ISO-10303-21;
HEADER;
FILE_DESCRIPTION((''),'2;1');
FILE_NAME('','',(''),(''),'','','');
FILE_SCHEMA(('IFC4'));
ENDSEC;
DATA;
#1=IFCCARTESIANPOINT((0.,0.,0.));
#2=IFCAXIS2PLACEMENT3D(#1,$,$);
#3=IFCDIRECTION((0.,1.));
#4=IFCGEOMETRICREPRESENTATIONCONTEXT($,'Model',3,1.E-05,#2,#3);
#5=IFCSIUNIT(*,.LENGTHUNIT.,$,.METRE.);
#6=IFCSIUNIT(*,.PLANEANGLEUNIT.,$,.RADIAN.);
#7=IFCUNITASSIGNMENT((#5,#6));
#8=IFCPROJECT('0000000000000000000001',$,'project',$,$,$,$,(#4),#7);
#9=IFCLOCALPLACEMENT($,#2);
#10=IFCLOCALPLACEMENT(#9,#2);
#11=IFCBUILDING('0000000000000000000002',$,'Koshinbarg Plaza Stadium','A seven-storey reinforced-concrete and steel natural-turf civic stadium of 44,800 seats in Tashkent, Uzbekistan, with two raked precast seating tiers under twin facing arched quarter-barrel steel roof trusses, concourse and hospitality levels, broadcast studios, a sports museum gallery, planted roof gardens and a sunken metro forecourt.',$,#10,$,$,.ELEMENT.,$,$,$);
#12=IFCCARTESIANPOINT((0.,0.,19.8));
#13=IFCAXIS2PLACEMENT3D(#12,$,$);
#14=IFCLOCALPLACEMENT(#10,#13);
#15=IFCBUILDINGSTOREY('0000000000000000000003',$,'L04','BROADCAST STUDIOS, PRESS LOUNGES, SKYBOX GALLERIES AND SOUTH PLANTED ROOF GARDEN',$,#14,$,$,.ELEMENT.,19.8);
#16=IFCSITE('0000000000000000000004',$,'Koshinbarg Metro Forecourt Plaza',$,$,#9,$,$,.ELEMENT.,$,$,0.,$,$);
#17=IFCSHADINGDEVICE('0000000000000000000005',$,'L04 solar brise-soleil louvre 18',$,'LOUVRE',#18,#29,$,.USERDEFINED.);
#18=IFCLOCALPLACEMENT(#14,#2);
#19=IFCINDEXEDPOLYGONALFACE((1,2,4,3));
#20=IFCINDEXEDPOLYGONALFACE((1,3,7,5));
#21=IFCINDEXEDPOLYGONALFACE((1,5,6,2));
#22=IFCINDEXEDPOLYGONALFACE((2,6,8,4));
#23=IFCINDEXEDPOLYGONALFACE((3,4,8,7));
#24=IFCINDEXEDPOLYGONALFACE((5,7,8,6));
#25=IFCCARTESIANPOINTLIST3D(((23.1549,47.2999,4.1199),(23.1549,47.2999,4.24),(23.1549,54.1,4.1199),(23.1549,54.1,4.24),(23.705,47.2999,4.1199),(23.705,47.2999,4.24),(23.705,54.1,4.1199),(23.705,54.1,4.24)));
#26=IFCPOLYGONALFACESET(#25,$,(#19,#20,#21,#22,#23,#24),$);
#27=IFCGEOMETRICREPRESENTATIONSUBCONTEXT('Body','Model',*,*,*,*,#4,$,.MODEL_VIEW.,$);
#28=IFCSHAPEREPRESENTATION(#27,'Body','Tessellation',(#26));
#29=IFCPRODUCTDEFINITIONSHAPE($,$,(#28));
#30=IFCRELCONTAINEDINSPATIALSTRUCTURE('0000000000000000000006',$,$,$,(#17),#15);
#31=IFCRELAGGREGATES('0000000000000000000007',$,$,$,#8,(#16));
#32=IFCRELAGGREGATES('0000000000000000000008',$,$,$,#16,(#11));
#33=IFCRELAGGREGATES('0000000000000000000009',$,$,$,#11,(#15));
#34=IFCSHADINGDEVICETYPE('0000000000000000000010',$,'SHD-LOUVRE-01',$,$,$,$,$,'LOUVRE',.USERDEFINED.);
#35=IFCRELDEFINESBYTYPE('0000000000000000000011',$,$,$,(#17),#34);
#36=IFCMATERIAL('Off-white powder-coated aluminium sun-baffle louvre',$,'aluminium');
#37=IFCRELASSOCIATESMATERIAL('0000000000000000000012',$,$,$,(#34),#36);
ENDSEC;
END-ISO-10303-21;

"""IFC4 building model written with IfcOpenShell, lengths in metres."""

from ifc_helpers import new_model, si_unit, direction, frame, origin, origin_2d, place, context, subcontext, project, spatial, rectangle, extrude, material, type_object, element, save


model = new_model("IFC4")

# Units and contexts
model_context = context("Model", 3, precision=1e-05, world=origin(), true_north=direction((0.0, 1.0)))
body_context = subcontext(model_context, "Body", "Model", "MODEL_VIEW")
ifc_project = project(units=[si_unit("LENGTHUNIT", "METRE"), si_unit("PLANEANGLEUNIT", "RADIAN")], contexts=[model_context])

# Site, building, storey
site_placement = place(None, origin())
site = spatial("IfcSite", under=ifc_project, at=site_placement, Name="Koshinbarg Metro Forecourt Plaza", CompositionType="ELEMENT", RefElevation=0.0)
building_placement = place(site_placement, origin())
building = spatial("IfcBuilding", under=site, at=building_placement, Name="Koshinbarg Plaza Stadium", Description="A seven-storey reinforced-concrete and steel natural-turf civic stadium of 44,800 seats in Tashkent, Uzbekistan, with two raked precast seating tiers under twin facing arched quarter-barrel steel roof trusses, concourse and hospitality levels, broadcast studios, a sports museum gallery, planted roof gardens and a sunken metro forecourt.", CompositionType="ELEMENT")
storey_placement = place(building_placement, frame((0.0, 0.0, 19.8)))
storey = spatial("IfcBuildingStorey", under=building, at=storey_placement, Name="L04", Description="BROADCAST STUDIOS, PRESS LOUNGES, SKYBOX GALLERIES AND SOUTH PLANTED ROOF GARDEN", CompositionType="ELEMENT", Elevation=19.8)

# Shading device
ifc_material_1 = material(Name="Off-white powder-coated aluminium sun-baffle louvre", Category="aluminium")
shading_device_type = type_object("IfcShadingDeviceType", Name="SHD-LOUVRE-01", ElementType="LOUVRE", PredefinedType="USERDEFINED", material=ifc_material_1)
shading_device_placement = place(storey_placement, frame((23.4299, 50.7, 4.1199), z_axis=(0.0, 0.0, 1.0), x_axis=(1.0, 0.0, 0.0)))
element("IfcShadingDevice", 1, at=shading_device_placement, inside=storey, type_object=shading_device_type, Name="L04 solar brise-soleil louvre 18", ObjectType="LOUVRE", PredefinedType="USERDEFINED", context=body_context, shape_type="SweptSolid", body=[
    extrude(rectangle(XDim=0.55, YDim=6.8, at=origin_2d()), origin(), (0.0, 0.0, 1.0), 0.1201),
])

save(model, "model.ifc")
